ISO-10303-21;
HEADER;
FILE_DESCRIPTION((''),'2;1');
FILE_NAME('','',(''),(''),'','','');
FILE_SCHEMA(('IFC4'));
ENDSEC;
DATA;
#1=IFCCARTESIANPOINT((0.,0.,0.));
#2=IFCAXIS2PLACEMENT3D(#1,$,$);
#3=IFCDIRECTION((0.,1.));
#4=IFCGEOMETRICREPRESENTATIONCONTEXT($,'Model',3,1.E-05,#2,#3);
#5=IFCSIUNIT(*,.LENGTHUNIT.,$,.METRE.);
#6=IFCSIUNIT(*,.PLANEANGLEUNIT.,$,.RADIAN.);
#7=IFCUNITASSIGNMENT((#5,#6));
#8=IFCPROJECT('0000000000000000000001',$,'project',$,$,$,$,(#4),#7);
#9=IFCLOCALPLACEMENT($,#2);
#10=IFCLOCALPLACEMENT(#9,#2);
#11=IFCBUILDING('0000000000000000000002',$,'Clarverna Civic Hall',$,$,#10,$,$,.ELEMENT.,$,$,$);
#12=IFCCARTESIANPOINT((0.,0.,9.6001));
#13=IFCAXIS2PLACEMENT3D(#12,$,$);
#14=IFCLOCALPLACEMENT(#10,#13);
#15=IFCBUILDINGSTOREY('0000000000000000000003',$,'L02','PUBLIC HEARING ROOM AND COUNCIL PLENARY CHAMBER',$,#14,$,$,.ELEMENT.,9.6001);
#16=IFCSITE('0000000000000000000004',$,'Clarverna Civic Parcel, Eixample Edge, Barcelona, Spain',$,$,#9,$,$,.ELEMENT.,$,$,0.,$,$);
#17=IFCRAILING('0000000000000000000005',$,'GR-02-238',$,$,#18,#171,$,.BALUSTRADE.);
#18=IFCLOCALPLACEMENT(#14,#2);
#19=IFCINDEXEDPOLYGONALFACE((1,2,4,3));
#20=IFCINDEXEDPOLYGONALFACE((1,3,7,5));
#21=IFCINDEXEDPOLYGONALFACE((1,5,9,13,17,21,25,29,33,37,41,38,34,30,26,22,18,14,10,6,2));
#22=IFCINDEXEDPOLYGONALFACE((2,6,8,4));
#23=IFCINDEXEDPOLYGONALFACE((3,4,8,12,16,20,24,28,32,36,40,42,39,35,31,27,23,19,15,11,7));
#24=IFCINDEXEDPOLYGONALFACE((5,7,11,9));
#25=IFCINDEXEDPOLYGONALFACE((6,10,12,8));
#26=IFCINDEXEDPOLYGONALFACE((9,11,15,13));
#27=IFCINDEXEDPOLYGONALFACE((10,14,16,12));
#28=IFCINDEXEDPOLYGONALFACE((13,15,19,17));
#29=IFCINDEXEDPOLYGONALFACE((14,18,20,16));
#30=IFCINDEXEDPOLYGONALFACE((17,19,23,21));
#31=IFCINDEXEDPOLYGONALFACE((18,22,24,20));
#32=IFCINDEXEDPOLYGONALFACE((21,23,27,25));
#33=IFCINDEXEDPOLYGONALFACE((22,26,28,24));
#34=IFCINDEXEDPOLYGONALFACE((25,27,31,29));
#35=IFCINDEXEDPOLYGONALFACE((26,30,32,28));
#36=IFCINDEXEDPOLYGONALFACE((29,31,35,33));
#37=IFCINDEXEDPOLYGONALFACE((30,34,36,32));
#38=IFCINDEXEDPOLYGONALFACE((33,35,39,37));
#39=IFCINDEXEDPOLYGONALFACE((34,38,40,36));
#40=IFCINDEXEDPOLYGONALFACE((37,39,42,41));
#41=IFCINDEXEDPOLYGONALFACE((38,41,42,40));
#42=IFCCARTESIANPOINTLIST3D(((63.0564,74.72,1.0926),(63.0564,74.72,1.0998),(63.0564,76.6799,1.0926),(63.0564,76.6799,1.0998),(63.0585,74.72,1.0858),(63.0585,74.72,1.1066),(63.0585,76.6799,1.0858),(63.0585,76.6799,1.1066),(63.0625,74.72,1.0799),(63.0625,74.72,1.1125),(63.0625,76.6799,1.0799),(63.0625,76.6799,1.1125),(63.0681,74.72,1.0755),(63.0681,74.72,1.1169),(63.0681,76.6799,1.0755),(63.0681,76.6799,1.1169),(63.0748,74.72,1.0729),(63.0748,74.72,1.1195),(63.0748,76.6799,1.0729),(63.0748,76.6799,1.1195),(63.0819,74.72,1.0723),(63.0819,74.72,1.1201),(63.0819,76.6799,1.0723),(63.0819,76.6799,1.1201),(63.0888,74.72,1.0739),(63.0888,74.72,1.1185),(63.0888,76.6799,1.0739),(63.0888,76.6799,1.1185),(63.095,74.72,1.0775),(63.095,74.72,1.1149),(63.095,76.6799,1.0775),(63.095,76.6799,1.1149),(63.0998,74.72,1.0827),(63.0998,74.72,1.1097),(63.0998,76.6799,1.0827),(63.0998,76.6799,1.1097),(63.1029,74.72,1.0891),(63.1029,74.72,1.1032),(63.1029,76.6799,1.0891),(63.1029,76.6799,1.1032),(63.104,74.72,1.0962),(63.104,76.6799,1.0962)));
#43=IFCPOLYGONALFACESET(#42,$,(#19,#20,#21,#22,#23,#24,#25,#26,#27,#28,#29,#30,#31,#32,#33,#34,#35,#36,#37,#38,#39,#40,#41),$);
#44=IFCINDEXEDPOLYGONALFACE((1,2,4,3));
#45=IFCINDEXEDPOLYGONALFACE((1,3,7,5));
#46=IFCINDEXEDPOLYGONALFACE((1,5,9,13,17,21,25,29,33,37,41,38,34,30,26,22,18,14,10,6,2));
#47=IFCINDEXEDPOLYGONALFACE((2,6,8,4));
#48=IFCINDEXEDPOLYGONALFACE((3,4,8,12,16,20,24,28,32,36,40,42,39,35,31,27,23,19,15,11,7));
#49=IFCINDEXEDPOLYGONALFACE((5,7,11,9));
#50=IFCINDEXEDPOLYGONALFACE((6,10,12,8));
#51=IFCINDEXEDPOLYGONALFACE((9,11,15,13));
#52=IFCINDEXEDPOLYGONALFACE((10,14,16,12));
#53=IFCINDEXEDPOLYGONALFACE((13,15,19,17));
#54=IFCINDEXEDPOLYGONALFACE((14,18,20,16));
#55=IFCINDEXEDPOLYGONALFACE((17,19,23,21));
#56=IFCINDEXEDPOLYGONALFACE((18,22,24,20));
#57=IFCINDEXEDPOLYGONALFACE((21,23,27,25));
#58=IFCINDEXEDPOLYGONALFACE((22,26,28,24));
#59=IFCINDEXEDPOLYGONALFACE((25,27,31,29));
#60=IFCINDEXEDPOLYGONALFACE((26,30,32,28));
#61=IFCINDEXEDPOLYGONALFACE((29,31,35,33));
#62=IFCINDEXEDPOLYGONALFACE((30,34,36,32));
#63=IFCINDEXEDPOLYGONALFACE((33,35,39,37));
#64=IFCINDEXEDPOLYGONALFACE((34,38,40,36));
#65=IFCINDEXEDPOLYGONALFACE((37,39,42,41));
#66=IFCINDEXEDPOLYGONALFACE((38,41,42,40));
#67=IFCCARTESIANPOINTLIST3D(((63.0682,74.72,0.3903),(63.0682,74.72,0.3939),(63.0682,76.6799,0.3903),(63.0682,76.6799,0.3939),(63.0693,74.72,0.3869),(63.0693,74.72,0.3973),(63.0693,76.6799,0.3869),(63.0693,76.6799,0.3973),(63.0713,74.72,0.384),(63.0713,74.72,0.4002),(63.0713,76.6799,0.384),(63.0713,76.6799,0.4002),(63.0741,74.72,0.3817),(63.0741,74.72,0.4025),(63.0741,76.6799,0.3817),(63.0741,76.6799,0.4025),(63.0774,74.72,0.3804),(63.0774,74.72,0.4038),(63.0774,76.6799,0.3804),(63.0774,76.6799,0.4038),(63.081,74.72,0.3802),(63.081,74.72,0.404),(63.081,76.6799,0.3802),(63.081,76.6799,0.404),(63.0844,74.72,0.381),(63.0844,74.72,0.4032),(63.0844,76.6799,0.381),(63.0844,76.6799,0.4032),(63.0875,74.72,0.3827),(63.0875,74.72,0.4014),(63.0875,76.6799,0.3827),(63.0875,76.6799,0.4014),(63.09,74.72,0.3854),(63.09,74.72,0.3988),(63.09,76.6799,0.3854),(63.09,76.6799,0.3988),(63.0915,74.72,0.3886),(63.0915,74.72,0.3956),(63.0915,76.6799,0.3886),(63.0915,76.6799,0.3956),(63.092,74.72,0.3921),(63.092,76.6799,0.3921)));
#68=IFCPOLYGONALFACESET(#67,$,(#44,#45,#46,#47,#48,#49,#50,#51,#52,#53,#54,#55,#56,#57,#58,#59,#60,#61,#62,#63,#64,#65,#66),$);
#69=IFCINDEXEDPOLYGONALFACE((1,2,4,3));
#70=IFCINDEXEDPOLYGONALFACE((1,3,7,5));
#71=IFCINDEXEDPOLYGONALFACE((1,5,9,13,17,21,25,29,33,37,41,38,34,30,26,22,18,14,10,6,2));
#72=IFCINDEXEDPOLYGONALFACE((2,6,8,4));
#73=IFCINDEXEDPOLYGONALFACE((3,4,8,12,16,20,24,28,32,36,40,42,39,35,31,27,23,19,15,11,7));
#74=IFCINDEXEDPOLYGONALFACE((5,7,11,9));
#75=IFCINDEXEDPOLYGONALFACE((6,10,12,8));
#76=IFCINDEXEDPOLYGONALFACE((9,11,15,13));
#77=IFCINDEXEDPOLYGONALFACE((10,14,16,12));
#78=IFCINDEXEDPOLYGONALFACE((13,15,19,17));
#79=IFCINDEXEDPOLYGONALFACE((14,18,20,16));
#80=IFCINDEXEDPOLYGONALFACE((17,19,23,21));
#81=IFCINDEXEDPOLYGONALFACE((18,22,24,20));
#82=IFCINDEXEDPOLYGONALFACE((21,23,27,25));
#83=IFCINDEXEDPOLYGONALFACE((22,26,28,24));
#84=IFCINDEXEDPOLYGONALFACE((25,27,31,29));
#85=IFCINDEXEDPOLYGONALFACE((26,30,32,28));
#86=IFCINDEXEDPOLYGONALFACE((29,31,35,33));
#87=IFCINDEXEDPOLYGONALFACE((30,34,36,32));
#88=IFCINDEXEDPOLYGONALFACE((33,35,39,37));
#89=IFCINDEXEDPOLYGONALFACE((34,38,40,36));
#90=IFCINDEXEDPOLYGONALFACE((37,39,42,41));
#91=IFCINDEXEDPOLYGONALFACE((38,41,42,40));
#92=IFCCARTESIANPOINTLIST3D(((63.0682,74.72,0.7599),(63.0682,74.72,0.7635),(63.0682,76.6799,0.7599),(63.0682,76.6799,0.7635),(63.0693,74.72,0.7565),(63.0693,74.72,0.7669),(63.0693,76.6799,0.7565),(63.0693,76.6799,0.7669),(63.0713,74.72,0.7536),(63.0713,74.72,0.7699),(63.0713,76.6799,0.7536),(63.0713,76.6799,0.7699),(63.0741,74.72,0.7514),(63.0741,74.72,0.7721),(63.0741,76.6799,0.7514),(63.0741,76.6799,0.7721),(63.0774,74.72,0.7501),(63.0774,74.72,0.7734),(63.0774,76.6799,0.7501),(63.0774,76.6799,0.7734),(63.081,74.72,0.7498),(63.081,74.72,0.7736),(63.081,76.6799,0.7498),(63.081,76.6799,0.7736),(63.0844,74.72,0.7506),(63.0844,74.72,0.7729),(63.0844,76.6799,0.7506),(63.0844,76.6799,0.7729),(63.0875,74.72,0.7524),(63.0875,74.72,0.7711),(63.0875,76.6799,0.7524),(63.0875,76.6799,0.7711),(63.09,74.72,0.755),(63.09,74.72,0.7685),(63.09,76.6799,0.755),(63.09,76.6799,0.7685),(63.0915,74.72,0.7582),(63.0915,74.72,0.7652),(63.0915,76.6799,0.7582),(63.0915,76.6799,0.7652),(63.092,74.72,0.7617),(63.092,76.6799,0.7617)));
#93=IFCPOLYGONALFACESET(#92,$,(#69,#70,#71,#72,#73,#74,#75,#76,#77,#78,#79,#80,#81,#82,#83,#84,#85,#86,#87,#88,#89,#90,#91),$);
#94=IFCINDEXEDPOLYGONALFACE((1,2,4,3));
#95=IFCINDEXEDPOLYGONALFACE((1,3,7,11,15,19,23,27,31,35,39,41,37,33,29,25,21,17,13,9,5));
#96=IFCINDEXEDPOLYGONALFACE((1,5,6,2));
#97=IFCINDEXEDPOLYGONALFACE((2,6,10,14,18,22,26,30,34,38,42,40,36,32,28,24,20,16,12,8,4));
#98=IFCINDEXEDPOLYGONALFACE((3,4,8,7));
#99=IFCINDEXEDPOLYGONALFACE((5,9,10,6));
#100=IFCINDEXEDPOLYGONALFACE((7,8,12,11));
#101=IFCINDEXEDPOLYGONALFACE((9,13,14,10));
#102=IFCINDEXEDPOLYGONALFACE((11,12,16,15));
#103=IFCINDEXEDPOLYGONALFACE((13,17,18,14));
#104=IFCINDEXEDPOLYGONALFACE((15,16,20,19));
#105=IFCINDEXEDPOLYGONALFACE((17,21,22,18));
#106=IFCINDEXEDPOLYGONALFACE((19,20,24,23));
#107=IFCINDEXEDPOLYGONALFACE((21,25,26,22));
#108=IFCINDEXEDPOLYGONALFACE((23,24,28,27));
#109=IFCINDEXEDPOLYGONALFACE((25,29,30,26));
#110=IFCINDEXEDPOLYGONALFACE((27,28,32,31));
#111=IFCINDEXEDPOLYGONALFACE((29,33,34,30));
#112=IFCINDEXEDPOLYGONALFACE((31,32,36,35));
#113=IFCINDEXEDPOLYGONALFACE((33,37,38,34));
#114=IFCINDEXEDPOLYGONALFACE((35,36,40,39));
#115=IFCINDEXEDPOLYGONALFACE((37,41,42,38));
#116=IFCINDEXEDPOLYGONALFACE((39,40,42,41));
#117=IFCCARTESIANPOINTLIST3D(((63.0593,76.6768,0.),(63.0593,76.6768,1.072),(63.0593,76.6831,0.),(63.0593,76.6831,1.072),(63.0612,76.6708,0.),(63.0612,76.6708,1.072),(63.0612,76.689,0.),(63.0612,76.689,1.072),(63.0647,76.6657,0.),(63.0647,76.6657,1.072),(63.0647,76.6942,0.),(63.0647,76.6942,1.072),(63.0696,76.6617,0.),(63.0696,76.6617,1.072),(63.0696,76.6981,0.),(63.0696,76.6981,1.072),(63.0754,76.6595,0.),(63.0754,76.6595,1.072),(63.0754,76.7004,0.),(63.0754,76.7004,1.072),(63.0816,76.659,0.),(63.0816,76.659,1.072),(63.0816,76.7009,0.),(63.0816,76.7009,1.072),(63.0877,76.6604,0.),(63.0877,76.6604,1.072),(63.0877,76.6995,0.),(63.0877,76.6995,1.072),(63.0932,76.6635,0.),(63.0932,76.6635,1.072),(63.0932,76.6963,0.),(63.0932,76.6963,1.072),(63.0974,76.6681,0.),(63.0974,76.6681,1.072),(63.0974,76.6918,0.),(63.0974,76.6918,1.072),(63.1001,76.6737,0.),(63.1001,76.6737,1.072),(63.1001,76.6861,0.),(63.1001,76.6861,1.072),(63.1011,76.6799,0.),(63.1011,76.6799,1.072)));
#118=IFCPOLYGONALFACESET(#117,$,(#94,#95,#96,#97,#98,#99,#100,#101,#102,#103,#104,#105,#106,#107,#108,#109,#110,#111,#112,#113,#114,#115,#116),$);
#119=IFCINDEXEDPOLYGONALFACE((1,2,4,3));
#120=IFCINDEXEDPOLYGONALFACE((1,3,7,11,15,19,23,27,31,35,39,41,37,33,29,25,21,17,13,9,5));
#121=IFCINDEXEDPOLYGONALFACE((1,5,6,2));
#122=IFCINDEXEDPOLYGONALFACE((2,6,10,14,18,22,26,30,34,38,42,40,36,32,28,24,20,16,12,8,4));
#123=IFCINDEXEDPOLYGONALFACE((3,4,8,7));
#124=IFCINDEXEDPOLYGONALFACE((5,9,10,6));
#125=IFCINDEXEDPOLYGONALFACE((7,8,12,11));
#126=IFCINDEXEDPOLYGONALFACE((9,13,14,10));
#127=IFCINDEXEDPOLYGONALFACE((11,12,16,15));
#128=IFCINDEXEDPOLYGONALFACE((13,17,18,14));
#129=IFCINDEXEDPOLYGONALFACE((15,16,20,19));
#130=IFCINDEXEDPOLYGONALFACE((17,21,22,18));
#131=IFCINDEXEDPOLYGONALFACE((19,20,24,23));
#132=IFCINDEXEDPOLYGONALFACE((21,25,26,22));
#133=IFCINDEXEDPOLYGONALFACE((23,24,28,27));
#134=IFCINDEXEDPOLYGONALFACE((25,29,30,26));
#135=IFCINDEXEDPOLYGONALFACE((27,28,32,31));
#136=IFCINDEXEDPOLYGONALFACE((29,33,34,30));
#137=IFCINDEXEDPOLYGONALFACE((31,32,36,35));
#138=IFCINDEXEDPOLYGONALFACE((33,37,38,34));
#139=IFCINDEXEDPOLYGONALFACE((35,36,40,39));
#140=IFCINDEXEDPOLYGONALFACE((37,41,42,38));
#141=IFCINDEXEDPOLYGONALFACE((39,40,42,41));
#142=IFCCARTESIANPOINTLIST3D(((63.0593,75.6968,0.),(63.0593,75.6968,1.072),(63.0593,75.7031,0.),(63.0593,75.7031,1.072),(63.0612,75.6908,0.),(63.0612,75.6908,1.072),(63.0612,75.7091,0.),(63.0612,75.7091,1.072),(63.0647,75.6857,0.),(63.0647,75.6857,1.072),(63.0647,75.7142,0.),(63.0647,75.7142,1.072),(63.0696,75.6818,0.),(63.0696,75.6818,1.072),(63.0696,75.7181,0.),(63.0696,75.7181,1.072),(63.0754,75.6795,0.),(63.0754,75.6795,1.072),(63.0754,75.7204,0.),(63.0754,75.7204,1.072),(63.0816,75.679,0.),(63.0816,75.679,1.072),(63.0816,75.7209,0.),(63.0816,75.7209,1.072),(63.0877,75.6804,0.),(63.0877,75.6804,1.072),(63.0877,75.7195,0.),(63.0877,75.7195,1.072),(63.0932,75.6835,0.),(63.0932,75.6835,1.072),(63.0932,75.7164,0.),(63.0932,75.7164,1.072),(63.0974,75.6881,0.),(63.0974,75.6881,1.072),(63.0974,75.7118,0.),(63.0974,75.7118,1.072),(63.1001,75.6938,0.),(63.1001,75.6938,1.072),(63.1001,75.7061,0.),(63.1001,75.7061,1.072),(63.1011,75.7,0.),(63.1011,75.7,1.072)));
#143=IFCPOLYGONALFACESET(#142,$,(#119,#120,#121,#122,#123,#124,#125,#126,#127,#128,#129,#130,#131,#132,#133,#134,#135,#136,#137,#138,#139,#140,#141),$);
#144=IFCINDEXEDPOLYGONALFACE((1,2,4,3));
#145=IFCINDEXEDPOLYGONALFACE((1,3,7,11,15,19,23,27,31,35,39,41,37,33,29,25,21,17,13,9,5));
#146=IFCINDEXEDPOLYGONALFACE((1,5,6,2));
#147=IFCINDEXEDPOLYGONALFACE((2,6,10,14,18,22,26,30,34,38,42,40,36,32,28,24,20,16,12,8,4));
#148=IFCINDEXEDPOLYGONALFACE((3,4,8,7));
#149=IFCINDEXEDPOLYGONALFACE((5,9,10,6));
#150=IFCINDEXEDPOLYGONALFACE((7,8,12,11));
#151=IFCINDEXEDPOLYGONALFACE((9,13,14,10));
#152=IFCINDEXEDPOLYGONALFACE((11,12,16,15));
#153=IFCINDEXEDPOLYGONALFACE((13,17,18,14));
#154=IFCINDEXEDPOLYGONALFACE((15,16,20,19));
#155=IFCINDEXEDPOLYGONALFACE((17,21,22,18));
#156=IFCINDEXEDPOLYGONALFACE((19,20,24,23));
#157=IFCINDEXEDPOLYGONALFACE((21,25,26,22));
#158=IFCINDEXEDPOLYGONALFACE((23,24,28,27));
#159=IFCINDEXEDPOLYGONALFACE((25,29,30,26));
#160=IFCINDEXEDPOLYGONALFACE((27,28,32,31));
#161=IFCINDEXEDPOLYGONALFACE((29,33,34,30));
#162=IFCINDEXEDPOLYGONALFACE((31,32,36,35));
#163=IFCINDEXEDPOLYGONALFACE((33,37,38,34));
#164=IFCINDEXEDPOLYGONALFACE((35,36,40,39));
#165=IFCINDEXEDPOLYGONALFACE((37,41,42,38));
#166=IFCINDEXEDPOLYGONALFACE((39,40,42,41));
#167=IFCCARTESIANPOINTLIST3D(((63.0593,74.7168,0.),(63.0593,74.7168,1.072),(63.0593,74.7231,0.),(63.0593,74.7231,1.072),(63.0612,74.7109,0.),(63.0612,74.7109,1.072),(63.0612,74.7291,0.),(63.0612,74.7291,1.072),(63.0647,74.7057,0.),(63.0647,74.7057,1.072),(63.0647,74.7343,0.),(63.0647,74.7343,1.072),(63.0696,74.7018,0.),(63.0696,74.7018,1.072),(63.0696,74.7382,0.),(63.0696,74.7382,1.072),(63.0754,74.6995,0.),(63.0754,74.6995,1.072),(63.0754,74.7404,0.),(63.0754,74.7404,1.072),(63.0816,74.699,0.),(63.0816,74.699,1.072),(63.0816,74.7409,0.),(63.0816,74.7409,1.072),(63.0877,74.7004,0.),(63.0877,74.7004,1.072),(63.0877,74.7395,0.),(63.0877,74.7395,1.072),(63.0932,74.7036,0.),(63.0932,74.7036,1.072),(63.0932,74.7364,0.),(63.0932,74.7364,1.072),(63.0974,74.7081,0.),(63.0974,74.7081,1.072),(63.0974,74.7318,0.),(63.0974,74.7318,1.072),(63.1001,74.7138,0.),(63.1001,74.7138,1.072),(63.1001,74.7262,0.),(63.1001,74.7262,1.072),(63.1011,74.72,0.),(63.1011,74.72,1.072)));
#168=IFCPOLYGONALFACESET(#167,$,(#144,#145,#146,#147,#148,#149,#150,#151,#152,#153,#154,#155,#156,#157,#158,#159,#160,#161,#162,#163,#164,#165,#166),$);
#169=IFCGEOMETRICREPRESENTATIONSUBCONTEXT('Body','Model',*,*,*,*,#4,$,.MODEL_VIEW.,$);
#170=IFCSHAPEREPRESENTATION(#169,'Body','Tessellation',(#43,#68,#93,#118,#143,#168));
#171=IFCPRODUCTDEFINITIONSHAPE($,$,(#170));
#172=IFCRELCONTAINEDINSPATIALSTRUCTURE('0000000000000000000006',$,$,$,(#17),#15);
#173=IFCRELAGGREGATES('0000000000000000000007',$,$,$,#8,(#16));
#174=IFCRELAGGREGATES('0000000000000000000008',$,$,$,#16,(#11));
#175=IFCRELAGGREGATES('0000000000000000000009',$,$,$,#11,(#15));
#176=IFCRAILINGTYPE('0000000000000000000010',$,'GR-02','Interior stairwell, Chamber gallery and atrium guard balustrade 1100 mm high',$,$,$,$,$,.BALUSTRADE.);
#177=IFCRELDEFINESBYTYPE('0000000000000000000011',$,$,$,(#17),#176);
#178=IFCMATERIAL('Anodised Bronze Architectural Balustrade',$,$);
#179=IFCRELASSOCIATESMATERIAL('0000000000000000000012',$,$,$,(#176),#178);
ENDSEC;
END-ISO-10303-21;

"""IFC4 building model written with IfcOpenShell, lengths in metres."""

from ifc_helpers import new_model, si_unit, direction, frame, origin, origin_2d, place, context, subcontext, project, spatial, circle, extrude, material, type_object, element, save


model = new_model("IFC4")

# Units and contexts
model_context = context("Model", 3, precision=1e-05, world=origin(), true_north=direction((0.0, 1.0)))
body_context = subcontext(model_context, "Body", "Model", "MODEL_VIEW")
ifc_project = project(units=[si_unit("LENGTHUNIT", "METRE"), si_unit("PLANEANGLEUNIT", "RADIAN")], contexts=[model_context])

# Site, building, storey
site_placement = place(None, origin())
site = spatial("IfcSite", under=ifc_project, at=site_placement, Name="Clarverna Civic Parcel, Eixample Edge, Barcelona, Spain", CompositionType="ELEMENT", RefElevation=0.0)
building_placement = place(site_placement, origin())
building = spatial("IfcBuilding", under=site, at=building_placement, Name="Clarverna Civic Hall", CompositionType="ELEMENT")
storey_placement = place(building_placement, frame((0.0, 0.0, 9.6001)))
storey = spatial("IfcBuildingStorey", under=building, at=storey_placement, Name="L02", Description="PUBLIC HEARING ROOM AND COUNCIL PLENARY CHAMBER", CompositionType="ELEMENT", Elevation=9.6001)

# Railing
ifc_material_1 = material(Name="Anodised Bronze Architectural Balustrade")
railing_type = type_object("IfcRailingType", Name="GR-02", Description="Interior stairwell, Chamber gallery and atrium guard balustrade 1100 mm high", PredefinedType="BALUSTRADE", material=ifc_material_1)
railing_1_placement = place(storey_placement, frame((63.0801, 76.6799, 0.0)))
element("IfcRailing", 1, at=railing_1_placement, inside=storey, type_object=railing_type, Name="GR-02-238", PredefinedType="BALUSTRADE", context=body_context, shape_type="SweptSolid", body=[
    extrude(circle(Radius=0.0239, at=origin_2d()), frame((0.0, 0.0, 1.0962), z_axis=(0.0, -1.0, 0.0), x_axis=(1.0, 0.0, 0.0)), (0.0, 0.0, 1.0), 1.96),
    extrude(circle(Radius=0.012, at=origin_2d()), frame((0.0, 0.0, 0.3921), z_axis=(0.0, -1.0, 0.0), x_axis=(1.0, 0.0, 0.0)), (0.0, 0.0, 1.0), 1.96),
    extrude(circle(Radius=0.012, at=origin_2d()), frame((0.0, 0.0, 0.7617), z_axis=(0.0, -1.0, 0.0), x_axis=(1.0, 0.0, 0.0)), (0.0, 0.0, 1.0), 1.96),
    extrude(circle(Radius=0.021, at=origin_2d()), origin(), (0.0, 0.0, 1.0), 1.072),
    extrude(circle(Radius=0.021, at=origin_2d()), frame((0.0, -0.98, 0.0)), (0.0, 0.0, 1.0), 1.072),
    extrude(circle(Radius=0.021, at=origin_2d()), frame((0.0, -1.96, 0.0)), (0.0, 0.0, 1.0), 1.072),
])

save(model, "model.ifc")
